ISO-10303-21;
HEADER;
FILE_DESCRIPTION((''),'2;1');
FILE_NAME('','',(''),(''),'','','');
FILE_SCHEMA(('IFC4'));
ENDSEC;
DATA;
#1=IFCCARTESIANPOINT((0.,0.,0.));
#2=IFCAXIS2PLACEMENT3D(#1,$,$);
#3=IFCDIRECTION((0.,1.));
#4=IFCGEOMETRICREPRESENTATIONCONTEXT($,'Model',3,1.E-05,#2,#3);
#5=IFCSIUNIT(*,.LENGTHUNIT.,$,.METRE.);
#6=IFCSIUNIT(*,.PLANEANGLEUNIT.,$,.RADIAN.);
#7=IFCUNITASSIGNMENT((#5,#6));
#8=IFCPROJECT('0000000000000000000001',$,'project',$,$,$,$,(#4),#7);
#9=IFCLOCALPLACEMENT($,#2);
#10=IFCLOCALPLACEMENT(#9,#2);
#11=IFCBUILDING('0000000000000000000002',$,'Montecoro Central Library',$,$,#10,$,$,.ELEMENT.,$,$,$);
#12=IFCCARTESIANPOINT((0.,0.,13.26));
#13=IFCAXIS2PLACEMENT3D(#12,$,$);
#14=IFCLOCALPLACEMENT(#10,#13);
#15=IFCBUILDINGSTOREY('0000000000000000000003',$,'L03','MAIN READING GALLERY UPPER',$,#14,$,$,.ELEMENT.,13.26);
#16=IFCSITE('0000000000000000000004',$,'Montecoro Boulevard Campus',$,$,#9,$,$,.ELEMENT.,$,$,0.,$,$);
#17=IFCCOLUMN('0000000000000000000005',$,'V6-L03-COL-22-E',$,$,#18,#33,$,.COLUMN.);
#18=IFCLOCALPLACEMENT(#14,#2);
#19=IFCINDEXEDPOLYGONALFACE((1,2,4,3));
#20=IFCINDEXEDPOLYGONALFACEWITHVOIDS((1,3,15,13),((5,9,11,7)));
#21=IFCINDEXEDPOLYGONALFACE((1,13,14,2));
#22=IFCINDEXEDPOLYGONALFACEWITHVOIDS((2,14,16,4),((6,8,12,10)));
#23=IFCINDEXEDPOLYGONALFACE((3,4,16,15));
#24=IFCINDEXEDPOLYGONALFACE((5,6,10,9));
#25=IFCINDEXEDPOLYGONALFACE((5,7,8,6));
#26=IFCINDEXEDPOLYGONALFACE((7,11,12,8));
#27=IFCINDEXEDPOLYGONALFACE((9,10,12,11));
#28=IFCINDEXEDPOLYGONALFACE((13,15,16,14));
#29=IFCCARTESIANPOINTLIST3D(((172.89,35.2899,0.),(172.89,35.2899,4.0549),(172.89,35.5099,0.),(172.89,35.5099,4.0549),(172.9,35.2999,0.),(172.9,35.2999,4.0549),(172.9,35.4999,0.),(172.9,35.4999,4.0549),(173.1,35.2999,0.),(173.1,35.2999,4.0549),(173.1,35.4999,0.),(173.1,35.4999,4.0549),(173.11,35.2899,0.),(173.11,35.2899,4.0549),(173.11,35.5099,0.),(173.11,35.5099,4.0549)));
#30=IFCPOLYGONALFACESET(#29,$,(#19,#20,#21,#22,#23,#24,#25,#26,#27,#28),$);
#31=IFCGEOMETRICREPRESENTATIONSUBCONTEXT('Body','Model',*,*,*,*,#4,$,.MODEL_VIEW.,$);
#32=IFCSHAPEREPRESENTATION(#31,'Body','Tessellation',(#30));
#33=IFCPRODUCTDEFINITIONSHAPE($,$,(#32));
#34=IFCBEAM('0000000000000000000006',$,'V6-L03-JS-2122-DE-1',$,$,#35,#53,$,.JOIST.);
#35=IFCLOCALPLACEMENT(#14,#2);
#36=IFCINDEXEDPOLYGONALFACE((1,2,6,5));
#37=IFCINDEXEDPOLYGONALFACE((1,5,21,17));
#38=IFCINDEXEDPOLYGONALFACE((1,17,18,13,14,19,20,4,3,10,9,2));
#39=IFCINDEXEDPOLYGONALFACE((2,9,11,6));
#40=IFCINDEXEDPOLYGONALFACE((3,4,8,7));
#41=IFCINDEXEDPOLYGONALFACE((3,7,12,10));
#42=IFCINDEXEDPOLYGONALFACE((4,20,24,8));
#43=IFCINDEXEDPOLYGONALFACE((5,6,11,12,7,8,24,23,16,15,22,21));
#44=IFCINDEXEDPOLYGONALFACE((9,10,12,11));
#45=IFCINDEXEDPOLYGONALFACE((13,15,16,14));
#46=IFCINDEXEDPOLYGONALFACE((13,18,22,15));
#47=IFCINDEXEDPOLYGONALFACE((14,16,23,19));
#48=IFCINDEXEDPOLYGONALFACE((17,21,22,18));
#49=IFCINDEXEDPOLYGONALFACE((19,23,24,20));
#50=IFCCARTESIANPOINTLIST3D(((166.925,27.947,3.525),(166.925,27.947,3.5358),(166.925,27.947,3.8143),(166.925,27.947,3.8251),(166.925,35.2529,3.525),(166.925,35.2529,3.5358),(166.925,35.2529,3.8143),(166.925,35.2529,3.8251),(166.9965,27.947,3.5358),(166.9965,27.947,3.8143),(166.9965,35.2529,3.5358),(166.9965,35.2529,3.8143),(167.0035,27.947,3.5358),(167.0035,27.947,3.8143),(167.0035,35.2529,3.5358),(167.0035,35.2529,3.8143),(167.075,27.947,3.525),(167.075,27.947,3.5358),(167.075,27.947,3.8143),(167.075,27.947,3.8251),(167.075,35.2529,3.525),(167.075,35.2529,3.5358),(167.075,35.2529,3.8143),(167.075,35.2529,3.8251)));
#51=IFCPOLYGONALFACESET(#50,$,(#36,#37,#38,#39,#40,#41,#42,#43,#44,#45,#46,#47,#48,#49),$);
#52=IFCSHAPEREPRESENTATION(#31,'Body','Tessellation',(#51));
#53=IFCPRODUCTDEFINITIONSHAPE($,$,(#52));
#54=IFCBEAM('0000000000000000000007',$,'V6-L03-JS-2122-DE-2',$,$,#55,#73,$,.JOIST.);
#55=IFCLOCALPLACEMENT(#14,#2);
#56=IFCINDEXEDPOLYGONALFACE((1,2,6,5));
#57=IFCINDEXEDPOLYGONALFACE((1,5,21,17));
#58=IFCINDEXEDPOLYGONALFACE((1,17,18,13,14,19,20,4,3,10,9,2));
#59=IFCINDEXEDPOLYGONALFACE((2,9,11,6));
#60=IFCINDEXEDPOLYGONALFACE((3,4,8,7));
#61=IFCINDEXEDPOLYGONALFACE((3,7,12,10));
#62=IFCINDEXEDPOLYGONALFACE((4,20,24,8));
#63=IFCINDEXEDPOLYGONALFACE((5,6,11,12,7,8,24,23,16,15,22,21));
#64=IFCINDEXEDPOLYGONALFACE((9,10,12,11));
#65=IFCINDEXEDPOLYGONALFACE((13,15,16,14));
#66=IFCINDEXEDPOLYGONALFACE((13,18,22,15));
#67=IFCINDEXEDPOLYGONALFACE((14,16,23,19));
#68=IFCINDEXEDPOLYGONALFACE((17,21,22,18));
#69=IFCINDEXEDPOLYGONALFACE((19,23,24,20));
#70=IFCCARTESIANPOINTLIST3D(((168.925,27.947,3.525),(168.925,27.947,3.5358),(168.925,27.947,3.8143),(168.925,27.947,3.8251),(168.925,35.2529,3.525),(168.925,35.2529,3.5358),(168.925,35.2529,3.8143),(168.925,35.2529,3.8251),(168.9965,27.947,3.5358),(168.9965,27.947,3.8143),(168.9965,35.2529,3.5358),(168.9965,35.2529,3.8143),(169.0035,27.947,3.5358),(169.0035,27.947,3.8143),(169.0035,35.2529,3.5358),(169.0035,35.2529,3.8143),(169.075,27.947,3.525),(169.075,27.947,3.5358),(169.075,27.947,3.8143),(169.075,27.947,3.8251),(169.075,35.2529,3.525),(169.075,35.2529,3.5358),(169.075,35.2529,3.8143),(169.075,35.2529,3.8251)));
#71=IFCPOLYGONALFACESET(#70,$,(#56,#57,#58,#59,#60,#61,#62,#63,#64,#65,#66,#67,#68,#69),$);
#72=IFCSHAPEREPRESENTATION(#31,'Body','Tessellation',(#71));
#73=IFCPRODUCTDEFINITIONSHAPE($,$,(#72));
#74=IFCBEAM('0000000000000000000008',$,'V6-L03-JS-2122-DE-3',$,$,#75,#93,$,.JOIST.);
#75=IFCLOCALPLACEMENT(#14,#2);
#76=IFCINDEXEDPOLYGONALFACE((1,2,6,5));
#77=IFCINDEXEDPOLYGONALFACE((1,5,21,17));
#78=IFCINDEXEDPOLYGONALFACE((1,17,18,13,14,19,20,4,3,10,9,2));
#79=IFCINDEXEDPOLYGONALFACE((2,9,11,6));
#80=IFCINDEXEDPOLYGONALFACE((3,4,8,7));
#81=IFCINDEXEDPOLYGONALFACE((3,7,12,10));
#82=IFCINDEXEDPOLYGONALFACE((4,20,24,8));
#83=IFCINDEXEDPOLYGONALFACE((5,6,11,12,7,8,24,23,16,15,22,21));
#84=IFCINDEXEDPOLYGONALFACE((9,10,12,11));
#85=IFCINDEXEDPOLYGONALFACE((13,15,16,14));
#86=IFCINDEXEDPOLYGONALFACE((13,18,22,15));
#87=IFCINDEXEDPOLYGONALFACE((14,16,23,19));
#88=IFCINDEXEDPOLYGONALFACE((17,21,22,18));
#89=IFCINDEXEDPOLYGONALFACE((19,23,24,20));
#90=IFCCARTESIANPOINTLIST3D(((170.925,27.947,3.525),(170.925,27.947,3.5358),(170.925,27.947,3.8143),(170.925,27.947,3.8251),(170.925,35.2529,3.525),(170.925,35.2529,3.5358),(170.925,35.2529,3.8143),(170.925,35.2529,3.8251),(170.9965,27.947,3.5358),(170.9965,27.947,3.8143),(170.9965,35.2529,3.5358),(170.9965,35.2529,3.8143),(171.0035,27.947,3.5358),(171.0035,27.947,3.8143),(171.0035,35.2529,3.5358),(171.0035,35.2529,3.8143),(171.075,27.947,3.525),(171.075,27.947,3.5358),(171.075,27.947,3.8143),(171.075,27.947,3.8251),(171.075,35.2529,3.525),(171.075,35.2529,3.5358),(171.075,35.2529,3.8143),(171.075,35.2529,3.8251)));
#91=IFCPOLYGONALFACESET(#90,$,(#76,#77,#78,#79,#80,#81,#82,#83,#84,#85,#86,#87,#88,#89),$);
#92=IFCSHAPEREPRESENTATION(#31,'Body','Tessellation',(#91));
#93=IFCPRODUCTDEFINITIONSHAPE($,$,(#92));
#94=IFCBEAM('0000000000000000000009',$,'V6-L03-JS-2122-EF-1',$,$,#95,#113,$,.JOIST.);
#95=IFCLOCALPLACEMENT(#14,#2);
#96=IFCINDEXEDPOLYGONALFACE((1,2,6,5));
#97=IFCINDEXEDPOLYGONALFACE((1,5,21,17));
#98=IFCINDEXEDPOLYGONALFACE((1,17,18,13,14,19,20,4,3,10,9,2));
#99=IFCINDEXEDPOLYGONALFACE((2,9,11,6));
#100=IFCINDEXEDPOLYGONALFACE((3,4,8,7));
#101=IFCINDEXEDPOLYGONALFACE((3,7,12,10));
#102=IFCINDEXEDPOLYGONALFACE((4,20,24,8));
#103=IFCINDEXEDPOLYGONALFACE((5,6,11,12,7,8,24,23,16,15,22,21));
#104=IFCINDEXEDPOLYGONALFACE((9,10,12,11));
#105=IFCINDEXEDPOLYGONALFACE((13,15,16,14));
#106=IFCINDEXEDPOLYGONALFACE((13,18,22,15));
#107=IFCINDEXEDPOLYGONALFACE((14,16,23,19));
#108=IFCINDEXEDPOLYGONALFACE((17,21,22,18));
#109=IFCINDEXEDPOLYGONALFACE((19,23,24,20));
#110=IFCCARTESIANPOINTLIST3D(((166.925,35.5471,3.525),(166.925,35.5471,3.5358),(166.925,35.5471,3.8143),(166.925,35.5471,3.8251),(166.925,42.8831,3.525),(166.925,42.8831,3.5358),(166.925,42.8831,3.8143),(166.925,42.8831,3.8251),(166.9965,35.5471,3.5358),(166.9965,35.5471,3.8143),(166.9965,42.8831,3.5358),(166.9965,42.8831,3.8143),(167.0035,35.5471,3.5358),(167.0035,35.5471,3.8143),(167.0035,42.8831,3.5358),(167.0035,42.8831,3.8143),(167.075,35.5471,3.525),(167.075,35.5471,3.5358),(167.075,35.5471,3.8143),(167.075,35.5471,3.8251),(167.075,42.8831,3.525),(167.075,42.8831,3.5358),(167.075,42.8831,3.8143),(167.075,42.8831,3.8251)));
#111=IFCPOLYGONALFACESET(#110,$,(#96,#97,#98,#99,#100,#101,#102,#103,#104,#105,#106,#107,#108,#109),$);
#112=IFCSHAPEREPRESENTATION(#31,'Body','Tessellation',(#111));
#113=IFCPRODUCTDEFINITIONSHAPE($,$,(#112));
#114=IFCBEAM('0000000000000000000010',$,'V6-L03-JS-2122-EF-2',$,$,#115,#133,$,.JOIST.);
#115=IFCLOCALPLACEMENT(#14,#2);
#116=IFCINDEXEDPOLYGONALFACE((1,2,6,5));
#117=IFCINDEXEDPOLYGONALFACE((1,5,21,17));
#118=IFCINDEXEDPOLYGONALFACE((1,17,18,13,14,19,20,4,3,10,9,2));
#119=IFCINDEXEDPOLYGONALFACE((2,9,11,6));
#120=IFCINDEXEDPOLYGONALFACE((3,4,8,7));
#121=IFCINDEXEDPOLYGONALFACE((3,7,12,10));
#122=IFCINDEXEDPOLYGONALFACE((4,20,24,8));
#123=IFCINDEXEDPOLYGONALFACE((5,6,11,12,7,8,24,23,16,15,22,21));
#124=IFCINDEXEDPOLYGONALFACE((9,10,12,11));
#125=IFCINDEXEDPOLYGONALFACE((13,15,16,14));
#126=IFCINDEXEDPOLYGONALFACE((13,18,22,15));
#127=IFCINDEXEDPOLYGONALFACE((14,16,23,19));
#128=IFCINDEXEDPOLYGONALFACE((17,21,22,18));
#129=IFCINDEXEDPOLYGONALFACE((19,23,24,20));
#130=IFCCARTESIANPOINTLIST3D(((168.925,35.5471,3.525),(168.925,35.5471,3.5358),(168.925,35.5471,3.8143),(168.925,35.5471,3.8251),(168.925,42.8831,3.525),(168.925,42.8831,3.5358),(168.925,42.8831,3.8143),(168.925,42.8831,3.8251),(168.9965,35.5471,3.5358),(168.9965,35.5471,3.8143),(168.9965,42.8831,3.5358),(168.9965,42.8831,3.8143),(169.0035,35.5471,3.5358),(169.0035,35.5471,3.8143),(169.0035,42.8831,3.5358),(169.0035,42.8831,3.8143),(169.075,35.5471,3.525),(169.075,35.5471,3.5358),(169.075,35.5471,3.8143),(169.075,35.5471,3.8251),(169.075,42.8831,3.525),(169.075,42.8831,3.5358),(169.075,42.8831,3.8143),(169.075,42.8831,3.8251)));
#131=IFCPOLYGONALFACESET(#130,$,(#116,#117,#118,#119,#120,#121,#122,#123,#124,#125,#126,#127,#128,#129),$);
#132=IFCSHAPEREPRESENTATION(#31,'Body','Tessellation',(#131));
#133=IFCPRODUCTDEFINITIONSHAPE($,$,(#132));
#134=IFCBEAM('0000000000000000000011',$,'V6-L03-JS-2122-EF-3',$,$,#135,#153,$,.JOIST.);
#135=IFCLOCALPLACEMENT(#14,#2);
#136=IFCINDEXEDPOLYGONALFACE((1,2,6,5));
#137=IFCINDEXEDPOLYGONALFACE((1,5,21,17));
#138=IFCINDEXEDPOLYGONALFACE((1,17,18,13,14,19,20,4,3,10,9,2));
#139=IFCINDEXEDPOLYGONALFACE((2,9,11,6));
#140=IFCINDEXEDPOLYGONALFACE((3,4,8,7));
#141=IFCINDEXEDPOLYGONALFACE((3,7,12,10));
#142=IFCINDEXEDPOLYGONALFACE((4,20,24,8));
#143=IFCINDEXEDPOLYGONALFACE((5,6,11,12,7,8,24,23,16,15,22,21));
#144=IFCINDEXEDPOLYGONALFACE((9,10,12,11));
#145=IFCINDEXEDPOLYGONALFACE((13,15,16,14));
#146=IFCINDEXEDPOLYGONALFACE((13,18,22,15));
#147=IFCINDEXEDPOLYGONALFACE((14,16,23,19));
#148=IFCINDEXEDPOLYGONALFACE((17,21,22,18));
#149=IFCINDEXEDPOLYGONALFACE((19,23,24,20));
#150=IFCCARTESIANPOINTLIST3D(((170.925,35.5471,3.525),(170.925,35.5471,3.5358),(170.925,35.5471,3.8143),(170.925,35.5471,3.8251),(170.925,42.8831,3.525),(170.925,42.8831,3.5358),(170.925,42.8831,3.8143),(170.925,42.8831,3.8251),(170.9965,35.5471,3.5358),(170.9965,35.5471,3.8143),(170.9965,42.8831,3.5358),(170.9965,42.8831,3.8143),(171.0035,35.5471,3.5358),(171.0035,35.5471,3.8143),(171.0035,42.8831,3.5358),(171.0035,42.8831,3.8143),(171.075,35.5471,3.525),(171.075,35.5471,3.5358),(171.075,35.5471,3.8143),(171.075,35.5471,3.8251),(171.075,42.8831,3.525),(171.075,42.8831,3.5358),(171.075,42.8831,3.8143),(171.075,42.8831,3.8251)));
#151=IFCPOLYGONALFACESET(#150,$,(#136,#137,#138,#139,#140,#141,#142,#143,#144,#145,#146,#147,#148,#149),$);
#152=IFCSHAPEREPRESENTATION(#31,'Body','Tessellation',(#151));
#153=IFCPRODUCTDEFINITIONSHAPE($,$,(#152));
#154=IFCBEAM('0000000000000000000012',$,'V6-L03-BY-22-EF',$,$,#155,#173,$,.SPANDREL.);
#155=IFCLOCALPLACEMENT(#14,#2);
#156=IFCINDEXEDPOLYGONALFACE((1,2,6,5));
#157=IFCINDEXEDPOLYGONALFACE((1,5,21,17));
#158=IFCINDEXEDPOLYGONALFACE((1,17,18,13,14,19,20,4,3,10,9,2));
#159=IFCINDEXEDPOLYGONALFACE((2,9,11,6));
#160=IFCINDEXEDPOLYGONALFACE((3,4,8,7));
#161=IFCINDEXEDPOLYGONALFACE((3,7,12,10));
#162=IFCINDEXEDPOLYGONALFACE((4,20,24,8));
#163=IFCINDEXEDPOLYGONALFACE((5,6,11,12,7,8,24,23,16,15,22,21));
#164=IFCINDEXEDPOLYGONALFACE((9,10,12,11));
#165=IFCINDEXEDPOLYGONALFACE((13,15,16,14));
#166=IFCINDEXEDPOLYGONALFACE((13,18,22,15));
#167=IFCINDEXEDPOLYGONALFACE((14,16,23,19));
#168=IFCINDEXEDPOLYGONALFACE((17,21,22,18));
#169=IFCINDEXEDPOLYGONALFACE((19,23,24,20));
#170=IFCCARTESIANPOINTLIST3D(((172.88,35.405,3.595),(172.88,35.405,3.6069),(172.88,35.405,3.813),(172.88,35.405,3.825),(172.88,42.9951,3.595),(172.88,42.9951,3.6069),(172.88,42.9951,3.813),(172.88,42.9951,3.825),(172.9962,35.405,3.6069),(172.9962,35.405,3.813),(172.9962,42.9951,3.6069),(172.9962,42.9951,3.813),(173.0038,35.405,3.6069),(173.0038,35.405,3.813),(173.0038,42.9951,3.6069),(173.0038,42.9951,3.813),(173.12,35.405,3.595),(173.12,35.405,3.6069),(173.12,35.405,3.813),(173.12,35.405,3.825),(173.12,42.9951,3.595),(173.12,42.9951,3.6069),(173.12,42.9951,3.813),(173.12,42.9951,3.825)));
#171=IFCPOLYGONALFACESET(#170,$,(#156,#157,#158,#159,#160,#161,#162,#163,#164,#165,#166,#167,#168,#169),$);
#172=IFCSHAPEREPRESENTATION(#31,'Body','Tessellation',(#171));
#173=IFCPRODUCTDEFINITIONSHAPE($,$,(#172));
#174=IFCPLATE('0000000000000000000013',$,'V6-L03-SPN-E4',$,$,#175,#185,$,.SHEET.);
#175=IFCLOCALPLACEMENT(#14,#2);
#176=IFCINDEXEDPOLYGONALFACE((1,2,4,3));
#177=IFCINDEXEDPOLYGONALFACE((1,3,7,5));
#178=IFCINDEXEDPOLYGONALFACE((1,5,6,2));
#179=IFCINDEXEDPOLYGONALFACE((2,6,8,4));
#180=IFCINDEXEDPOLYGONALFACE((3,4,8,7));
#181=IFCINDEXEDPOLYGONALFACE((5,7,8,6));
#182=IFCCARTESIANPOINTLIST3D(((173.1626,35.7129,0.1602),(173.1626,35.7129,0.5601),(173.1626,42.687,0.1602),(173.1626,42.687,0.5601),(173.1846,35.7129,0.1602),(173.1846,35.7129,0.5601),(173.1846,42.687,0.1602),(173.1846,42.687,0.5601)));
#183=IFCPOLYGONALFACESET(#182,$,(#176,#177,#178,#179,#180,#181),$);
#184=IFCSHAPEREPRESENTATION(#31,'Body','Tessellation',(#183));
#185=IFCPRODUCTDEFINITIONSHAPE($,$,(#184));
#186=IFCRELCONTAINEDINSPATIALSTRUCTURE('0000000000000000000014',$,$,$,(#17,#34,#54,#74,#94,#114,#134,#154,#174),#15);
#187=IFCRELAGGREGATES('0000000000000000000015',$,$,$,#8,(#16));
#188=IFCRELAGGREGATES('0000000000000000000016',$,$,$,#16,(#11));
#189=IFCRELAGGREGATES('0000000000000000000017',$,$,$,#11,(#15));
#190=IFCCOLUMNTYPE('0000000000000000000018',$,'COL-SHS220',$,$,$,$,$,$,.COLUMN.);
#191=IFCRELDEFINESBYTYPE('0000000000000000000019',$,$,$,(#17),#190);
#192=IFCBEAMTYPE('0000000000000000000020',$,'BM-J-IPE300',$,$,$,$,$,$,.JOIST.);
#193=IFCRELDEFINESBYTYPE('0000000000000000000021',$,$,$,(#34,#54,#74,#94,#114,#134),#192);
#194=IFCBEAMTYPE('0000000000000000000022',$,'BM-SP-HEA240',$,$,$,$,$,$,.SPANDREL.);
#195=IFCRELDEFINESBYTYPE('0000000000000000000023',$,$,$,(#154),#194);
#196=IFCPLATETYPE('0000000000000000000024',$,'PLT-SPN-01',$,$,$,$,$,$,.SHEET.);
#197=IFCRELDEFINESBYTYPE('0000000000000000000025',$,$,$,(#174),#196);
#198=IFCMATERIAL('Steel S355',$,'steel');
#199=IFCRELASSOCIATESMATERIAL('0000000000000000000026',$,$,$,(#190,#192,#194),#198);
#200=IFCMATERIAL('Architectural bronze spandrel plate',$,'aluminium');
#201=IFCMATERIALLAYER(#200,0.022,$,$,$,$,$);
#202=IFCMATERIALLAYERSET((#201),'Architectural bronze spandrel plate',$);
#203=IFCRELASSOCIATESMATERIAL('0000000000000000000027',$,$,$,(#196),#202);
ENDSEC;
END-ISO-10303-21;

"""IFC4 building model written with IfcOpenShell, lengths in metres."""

from ifc_helpers import new_model, si_unit, direction, frame, origin, origin_2d, place, context, subcontext, project, spatial, rectangle, hollow_rectangle, i_section, extrude, material, layer, layer_set, material_profile, profile_set, type_object, element, save


model = new_model("IFC4")

# Units and contexts
model_context = context("Model", 3, precision=1e-05, world=origin(), true_north=direction((0.0, 1.0)))
body_context = subcontext(model_context, "Body", "Model", "MODEL_VIEW")
ifc_project = project(units=[si_unit("LENGTHUNIT", "METRE"), si_unit("PLANEANGLEUNIT", "RADIAN")], contexts=[model_context])

# Site, building, storey
site_placement = place(None, origin())
site = spatial("IfcSite", under=ifc_project, at=site_placement, Name="Montecoro Boulevard Campus", CompositionType="ELEMENT", RefElevation=0.0)
building_placement = place(site_placement, origin())
building = spatial("IfcBuilding", under=site, at=building_placement, Name="Montecoro Central Library", CompositionType="ELEMENT")
storey_placement = place(building_placement, frame((0.0, 0.0, 13.26)))
storey = spatial("IfcBuildingStorey", under=building, at=storey_placement, Name="L03", Description="MAIN READING GALLERY UPPER", CompositionType="ELEMENT", Elevation=13.26)

# Column
ifc_material_1 = material(Name="Steel S355", Category="steel")
ifc_material_profile_1 = material_profile(ifc_material_1, hollow_rectangle(XDim=0.22, YDim=0.22, WallThickness=0.01, at=origin_2d()), Name="SHS 220x220x10.0")
ifc_profile_set_1 = profile_set([ifc_material_profile_1], Name="Steel S355")
column_type = type_object("IfcColumnType", Name="COL-SHS220", PredefinedType="COLUMN", material=ifc_profile_set_1)
column_placement = place(storey_placement, frame((173.0, 35.3999, 0.0), z_axis=(0.0, 0.0, 1.0), x_axis=(1.0, 0.0, 0.0)))
element("IfcColumn", 1, at=column_placement, inside=storey, type_object=column_type, Name="V6-L03-COL-22-E", PredefinedType="COLUMN", context=body_context, shape_type="SweptSolid", body=[
    extrude(hollow_rectangle(XDim=0.22, YDim=0.22, WallThickness=0.01, at=origin_2d()), origin(), (0.0, 0.0, 1.0), 4.0549),
])

# Beams
ifc_material_profile_2 = material_profile(ifc_material_1, i_section(OverallWidth=0.1499, OverallDepth=0.3, WebThickness=0.0071, FlangeThickness=0.0107, at=origin_2d()), Name="IPE 300")
ifc_profile_set_2 = profile_set([ifc_material_profile_2], Name="Steel S355")
beam_type_1 = type_object("IfcBeamType", Name="BM-J-IPE300", PredefinedType="JOIST", material=ifc_profile_set_2)
for number, where, z_axis, x_axis, name in (
    (2, (167.0, 27.947, 3.675), (0.0, 1.0, 0.0), (-1.0, 0.0, 0.0), "V6-L03-JS-2122-DE-1"),
    (3, (169.0, 27.947, 3.675), (0.0, 1.0, 0.0), (-1.0, 0.0, 0.0), "V6-L03-JS-2122-DE-2"),
    (4, (171.0, 27.947, 3.675), (0.0, 1.0, 0.0), (-1.0, 0.0, 0.0), "V6-L03-JS-2122-DE-3"),
):
    element("IfcBeam", number, at=place(storey_placement, frame(where, z_axis=z_axis, x_axis=x_axis)), inside=storey, type_object=beam_type_1, Name=name, PredefinedType="JOIST", context=body_context, shape_type="SweptSolid", body=[
        extrude(i_section(OverallWidth=0.1499, OverallDepth=0.3, WebThickness=0.0071, FlangeThickness=0.0107, at=origin_2d()), origin(), (0.0, 0.0, 1.0), 7.3059),
    ])
for number, where, z_axis, x_axis, name in (
    (5, (167.0, 35.5471, 3.675), (0.0, 1.0, 0.0), (-1.0, 0.0, 0.0), "V6-L03-JS-2122-EF-1"),
    (6, (169.0, 35.5471, 3.675), (0.0, 1.0, 0.0), (-1.0, 0.0, 0.0), "V6-L03-JS-2122-EF-2"),
    (7, (171.0, 35.5471, 3.675), (0.0, 1.0, 0.0), (-1.0, 0.0, 0.0), "V6-L03-JS-2122-EF-3"),
):
    element("IfcBeam", number, at=place(storey_placement, frame(where, z_axis=z_axis, x_axis=x_axis)), inside=storey, type_object=beam_type_1, Name=name, PredefinedType="JOIST", context=body_context, shape_type="SweptSolid", body=[
        extrude(i_section(OverallWidth=0.1499, OverallDepth=0.3, WebThickness=0.0071, FlangeThickness=0.0107, at=origin_2d()), origin(), (0.0, 0.0, 1.0), 7.3359),
    ])
ifc_material_profile_3 = material_profile(ifc_material_1, i_section(OverallWidth=0.24, OverallDepth=0.23, WebThickness=0.0076, FlangeThickness=0.012, at=origin_2d()), Name="HEA 240")
ifc_profile_set_3 = profile_set([ifc_material_profile_3], Name="Steel S355")
beam_type_2 = type_object("IfcBeamType", Name="BM-SP-HEA240", PredefinedType="SPANDREL", material=ifc_profile_set_3)
beam_placement = place(storey_placement, frame((173.0, 35.405, 3.71), z_axis=(0.0, 1.0, 0.0), x_axis=(-1.0, 0.0, 0.0)))
element("IfcBeam", 8, at=beam_placement, inside=storey, type_object=beam_type_2, Name="V6-L03-BY-22-EF", PredefinedType="SPANDREL", context=body_context, shape_type="SweptSolid", body=[
    extrude(i_section(OverallWidth=0.24, OverallDepth=0.23, WebThickness=0.0076, FlangeThickness=0.012, at=origin_2d()), origin(), (0.0, 0.0, 1.0), 7.5901),
])

# Plate
ifc_material_2 = material(Name="Architectural bronze spandrel plate", Category="aluminium")
ifc_layer_1 = layer(ifc_material_2, 0.022)
ifc_layer_set_1 = layer_set([ifc_layer_1], Name="Architectural bronze spandrel plate")
plate_type = type_object("IfcPlateType", Name="PLT-SPN-01", PredefinedType="SHEET", material=ifc_layer_set_1)
plate_placement = place(storey_placement, frame((173.1736, 39.2, 0.1602), z_axis=(0.0, 0.0, 1.0), x_axis=(0.0, 1.0, 0.0)))
element("IfcPlate", 9, at=plate_placement, inside=storey, type_object=plate_type, Name="V6-L03-SPN-E4", PredefinedType="SHEET", context=body_context, shape_type="SweptSolid", body=[
    extrude(rectangle(XDim=6.9741, YDim=0.022, at=origin_2d()), origin(), (0.0, 0.0, 1.0), 0.3999),
])

save(model, "model.ifc")
